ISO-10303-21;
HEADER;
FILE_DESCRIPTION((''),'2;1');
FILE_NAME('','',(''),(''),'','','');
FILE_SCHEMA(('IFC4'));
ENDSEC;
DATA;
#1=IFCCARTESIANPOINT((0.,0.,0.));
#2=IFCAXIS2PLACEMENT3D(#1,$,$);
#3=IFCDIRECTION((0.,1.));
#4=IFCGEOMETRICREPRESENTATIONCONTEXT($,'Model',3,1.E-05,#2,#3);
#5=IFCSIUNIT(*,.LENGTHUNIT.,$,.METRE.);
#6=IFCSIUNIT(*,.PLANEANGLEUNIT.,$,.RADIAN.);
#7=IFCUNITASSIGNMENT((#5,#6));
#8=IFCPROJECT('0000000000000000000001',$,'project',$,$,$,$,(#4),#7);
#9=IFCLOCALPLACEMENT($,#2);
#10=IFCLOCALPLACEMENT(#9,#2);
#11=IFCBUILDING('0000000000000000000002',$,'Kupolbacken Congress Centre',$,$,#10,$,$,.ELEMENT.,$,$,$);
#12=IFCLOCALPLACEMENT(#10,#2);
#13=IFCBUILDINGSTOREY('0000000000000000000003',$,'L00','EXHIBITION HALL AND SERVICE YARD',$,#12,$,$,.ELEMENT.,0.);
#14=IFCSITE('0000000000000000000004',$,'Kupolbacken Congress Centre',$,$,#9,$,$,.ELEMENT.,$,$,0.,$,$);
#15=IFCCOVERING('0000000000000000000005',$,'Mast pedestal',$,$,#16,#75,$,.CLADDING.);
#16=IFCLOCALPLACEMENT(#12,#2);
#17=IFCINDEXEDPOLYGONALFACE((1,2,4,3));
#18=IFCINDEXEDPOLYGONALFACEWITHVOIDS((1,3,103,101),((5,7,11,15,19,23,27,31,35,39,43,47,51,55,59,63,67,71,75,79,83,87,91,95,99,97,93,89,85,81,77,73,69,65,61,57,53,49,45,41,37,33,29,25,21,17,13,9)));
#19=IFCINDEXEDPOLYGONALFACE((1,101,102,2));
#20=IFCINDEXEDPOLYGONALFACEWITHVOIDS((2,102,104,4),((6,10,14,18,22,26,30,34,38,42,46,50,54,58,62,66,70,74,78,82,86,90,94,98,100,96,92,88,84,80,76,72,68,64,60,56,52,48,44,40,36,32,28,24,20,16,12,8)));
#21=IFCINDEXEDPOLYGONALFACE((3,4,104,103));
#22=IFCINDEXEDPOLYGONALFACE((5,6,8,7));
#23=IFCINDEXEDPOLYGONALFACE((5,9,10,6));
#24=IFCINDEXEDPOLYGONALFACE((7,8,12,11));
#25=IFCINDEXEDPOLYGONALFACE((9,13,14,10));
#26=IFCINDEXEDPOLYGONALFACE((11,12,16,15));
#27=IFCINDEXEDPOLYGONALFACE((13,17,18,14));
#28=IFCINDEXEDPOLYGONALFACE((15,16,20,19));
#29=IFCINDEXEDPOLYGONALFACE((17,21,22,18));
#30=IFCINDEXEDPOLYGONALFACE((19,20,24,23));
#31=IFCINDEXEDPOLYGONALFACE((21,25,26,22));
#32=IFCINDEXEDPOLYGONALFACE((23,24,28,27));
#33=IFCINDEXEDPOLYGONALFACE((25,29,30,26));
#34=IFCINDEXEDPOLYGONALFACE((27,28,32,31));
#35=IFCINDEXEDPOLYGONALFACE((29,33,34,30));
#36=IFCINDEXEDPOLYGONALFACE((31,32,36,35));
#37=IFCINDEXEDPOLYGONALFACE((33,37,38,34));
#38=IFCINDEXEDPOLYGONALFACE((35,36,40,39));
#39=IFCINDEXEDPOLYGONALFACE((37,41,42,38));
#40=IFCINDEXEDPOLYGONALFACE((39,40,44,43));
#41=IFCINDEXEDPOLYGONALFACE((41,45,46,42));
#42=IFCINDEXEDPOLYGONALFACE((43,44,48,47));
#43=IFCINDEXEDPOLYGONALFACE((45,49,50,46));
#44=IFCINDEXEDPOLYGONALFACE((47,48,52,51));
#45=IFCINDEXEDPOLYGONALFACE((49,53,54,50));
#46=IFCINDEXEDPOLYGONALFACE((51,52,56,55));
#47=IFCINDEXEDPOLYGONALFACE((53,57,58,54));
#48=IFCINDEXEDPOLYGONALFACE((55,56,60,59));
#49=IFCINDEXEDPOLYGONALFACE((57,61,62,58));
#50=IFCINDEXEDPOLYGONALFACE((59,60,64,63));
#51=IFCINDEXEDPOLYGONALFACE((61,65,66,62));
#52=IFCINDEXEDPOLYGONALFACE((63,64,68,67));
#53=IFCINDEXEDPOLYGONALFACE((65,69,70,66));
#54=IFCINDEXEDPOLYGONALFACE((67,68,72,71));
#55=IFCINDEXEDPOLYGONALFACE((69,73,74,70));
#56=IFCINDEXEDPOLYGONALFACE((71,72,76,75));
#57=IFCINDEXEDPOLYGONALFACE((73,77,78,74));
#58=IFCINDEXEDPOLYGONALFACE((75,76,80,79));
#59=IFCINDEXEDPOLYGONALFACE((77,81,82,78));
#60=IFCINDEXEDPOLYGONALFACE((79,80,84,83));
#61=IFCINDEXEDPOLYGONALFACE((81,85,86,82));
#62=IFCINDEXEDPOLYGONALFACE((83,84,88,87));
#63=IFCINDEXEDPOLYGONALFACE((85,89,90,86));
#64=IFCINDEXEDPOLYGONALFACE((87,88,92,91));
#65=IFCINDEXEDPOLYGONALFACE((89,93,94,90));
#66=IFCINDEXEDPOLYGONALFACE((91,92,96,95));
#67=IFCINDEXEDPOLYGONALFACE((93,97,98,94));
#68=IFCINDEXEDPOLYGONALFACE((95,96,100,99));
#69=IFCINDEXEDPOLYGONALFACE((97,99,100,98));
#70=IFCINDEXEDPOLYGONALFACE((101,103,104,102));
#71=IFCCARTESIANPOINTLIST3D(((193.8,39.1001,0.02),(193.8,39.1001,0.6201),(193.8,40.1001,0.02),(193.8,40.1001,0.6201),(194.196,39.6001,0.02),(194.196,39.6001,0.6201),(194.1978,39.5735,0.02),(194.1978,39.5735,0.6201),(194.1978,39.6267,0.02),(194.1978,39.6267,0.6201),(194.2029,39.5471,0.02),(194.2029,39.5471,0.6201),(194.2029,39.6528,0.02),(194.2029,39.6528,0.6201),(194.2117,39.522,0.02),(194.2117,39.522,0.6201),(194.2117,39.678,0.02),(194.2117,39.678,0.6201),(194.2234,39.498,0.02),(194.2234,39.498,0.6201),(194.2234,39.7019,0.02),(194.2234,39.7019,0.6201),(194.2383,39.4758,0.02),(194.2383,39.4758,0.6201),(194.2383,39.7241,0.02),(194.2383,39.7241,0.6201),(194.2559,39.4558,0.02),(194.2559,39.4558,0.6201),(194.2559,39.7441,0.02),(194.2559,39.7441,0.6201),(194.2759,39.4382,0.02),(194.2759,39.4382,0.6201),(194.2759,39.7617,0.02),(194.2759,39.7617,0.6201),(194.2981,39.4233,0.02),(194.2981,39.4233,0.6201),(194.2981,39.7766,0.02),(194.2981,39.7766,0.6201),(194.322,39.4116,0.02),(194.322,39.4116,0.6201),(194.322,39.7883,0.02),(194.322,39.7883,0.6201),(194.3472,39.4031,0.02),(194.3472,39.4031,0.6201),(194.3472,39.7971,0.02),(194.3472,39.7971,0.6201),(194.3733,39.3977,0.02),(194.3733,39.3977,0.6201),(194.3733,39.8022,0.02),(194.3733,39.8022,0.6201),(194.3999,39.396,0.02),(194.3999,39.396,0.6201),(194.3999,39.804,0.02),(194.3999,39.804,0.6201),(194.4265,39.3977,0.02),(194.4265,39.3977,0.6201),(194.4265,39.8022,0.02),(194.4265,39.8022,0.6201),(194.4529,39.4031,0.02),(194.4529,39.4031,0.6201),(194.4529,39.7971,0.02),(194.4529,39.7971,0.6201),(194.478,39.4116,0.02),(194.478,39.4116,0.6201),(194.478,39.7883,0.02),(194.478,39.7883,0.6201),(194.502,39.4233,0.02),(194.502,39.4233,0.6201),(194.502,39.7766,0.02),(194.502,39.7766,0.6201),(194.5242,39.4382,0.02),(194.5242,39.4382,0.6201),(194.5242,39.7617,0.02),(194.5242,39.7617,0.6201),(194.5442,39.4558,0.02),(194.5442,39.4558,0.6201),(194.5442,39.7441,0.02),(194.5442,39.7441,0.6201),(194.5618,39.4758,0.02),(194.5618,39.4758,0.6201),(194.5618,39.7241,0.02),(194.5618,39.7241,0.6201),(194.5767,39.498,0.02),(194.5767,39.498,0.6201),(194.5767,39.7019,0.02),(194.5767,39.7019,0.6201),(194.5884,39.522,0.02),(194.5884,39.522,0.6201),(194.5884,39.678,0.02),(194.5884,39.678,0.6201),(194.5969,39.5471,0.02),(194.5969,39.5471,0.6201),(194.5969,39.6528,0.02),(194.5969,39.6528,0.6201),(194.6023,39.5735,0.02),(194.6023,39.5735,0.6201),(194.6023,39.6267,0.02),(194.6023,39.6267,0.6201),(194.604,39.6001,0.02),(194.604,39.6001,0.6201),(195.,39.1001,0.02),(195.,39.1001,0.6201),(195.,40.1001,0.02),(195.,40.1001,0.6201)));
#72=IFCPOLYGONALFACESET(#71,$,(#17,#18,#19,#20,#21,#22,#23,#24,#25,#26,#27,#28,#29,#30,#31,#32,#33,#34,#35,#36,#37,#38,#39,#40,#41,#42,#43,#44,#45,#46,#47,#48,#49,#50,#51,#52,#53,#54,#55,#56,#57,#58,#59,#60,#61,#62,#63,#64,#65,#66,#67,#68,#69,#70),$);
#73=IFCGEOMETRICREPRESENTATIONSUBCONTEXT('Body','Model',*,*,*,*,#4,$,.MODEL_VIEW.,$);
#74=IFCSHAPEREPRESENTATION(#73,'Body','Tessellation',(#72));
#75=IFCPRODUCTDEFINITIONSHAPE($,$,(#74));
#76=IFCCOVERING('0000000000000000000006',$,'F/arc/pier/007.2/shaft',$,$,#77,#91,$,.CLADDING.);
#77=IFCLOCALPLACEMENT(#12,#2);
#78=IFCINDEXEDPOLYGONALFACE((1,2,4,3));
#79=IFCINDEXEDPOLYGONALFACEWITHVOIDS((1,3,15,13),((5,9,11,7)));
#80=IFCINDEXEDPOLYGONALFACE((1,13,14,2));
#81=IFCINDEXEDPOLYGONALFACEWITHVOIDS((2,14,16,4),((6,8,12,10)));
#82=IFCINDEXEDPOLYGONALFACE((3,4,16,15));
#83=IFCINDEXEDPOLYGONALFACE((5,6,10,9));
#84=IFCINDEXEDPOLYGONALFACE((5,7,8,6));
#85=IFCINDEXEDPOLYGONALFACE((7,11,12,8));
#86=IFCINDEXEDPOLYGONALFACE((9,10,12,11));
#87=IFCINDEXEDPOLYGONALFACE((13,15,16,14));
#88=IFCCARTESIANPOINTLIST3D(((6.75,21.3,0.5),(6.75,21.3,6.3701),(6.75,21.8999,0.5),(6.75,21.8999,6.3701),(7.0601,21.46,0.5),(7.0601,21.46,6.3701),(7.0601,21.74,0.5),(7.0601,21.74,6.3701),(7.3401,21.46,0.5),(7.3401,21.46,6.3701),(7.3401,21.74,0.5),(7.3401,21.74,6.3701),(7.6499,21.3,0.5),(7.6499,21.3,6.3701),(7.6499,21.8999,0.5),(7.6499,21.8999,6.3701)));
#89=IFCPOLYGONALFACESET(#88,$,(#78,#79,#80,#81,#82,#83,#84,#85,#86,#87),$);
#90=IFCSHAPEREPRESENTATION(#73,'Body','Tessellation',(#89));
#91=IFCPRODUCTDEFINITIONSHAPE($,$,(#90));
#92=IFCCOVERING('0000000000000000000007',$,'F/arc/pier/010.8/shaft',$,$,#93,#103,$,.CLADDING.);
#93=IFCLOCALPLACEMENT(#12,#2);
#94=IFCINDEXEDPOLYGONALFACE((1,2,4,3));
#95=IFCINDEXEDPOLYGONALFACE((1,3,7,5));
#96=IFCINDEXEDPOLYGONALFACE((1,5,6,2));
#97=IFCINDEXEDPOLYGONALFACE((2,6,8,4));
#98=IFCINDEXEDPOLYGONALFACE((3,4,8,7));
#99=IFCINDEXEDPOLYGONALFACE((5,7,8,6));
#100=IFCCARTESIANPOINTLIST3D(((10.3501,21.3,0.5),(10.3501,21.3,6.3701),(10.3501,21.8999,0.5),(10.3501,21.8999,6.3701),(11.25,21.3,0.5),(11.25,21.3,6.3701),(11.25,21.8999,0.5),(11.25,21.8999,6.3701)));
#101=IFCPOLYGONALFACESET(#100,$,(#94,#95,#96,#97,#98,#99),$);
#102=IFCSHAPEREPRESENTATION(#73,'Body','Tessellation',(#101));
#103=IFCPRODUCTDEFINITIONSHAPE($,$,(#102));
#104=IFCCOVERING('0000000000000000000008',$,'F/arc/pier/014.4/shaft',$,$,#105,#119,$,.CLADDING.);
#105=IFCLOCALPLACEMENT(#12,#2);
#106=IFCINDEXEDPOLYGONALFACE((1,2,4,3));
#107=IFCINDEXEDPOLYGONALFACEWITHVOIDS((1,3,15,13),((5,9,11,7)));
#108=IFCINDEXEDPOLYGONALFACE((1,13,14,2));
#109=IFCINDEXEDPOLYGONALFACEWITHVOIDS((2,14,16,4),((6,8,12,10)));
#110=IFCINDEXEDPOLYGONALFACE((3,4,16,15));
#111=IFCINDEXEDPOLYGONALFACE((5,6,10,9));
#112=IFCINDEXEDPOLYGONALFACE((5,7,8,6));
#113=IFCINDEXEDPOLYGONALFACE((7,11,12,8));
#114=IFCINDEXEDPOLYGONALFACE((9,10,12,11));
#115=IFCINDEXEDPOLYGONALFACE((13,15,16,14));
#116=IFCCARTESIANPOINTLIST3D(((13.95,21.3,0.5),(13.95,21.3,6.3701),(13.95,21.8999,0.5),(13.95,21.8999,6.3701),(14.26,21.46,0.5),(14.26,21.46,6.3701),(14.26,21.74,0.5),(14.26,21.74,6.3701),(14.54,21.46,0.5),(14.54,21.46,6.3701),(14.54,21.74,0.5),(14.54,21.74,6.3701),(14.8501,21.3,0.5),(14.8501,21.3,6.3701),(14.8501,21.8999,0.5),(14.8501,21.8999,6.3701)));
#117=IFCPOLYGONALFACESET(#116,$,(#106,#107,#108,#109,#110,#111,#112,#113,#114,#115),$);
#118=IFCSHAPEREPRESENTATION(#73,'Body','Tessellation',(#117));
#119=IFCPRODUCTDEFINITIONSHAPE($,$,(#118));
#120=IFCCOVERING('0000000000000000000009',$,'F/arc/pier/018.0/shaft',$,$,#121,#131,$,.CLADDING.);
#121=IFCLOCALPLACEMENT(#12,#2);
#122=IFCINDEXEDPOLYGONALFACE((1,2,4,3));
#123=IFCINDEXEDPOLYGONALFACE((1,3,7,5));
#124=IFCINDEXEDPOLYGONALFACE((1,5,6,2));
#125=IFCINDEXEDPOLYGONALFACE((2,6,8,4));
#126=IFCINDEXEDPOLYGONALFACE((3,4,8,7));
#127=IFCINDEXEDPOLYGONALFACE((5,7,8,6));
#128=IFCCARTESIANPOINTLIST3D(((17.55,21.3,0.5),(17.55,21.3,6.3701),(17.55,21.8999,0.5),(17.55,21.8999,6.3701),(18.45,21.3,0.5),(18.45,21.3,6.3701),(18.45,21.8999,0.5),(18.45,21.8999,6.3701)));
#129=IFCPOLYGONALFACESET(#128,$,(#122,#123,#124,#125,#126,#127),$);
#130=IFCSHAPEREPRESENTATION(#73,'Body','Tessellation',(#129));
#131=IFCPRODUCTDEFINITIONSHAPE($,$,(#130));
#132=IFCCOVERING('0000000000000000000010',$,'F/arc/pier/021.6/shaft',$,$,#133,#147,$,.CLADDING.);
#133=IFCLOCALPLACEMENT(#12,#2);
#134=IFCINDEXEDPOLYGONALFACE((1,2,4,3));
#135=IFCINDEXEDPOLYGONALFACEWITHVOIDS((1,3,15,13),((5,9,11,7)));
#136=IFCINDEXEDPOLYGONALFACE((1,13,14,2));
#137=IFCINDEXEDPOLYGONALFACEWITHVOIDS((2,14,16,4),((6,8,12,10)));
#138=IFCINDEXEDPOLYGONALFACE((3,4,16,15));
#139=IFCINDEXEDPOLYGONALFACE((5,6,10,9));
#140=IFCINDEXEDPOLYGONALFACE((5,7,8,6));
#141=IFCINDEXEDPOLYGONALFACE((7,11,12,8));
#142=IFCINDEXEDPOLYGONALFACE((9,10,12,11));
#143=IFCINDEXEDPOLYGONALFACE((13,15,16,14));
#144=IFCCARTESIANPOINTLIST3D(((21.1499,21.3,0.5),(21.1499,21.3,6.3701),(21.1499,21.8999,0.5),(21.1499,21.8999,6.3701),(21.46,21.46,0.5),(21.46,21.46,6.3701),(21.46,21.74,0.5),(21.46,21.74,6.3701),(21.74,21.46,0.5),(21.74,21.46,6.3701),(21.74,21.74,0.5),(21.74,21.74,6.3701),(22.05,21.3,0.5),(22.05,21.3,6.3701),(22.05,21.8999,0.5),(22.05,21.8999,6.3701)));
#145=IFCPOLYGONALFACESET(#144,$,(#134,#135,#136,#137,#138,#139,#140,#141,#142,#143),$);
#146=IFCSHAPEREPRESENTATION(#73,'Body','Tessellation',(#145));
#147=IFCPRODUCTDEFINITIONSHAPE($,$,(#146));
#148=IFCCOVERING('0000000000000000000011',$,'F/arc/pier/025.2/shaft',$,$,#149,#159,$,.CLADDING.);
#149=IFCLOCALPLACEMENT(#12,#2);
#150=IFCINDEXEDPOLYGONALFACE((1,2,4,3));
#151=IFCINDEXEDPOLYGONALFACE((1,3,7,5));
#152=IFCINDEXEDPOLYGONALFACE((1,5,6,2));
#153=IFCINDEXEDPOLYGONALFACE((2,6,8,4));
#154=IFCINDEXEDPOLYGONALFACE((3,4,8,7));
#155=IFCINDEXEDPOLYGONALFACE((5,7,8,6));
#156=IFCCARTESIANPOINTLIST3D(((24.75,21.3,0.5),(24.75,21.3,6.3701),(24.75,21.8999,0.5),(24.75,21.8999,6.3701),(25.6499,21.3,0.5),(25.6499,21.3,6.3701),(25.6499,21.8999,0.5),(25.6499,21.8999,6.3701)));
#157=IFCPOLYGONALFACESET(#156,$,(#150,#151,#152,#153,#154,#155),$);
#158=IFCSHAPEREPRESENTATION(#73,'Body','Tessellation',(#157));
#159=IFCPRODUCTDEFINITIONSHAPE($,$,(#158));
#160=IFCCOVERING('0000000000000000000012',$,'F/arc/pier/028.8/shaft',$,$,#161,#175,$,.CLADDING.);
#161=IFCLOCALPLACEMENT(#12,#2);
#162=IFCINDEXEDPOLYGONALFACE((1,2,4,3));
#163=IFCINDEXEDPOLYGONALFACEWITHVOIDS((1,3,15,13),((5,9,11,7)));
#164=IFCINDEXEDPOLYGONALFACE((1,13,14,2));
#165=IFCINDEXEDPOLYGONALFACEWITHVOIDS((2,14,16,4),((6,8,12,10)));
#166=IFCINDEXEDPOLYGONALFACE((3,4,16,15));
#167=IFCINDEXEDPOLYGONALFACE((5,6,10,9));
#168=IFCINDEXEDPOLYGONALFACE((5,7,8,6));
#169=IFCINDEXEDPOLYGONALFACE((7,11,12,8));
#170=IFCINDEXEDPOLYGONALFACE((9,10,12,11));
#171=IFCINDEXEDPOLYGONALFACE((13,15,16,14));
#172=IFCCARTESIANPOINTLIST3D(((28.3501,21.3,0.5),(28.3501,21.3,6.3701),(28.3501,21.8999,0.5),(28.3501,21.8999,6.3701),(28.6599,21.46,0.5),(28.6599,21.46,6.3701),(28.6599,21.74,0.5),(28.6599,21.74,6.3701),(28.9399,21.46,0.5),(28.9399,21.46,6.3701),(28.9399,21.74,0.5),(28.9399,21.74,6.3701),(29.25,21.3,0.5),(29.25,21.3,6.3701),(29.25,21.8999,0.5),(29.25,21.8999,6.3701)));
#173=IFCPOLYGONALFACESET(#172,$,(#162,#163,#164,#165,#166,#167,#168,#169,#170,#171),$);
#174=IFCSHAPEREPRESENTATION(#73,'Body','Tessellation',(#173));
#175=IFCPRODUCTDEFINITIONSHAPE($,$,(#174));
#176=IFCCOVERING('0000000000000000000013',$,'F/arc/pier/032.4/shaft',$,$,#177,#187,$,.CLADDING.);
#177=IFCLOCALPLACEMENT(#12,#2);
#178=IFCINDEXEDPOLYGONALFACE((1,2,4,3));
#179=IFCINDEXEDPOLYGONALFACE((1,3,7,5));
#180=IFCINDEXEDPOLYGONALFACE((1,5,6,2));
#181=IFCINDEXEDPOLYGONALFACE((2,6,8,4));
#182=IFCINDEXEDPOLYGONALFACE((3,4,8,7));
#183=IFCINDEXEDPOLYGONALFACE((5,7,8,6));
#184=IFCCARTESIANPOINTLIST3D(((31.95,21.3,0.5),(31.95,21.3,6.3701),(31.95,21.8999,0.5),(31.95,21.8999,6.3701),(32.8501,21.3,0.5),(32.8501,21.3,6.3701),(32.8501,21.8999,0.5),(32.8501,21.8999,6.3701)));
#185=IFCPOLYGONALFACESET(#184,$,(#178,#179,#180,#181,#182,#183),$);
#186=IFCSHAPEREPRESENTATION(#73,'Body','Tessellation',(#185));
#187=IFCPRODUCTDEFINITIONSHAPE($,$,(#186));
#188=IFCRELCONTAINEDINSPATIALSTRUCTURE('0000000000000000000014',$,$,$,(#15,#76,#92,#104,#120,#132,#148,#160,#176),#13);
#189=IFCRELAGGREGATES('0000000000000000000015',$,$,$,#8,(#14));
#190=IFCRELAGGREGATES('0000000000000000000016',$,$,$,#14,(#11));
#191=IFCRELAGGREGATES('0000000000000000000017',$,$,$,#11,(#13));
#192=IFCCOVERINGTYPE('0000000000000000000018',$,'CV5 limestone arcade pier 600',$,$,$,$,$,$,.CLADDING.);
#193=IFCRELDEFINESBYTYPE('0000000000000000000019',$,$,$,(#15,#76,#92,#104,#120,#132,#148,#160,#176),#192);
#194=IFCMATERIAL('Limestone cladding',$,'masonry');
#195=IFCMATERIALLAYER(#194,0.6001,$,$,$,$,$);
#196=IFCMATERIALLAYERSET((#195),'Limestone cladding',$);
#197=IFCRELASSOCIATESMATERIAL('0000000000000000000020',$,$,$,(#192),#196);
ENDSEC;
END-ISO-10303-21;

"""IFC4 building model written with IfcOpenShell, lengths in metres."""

from ifc_helpers import new_model, si_unit, direction, frame, origin, place, context, subcontext, project, spatial, polyline, outline, extrude, material, layer, layer_set, type_object, element, save


model = new_model("IFC4")

# Units and contexts
model_context = context("Model", 3, precision=1e-05, world=origin(), true_north=direction((0.0, 1.0)))
body_context = subcontext(model_context, "Body", "Model", "MODEL_VIEW")
ifc_project = project(units=[si_unit("LENGTHUNIT", "METRE"), si_unit("PLANEANGLEUNIT", "RADIAN")], contexts=[model_context])

# Site, building, storey
site_placement = place(None, origin())
site = spatial("IfcSite", under=ifc_project, at=site_placement, Name="Kupolbacken Congress Centre", CompositionType="ELEMENT", RefElevation=0.0)
building_placement = place(site_placement, origin())
building = spatial("IfcBuilding", under=site, at=building_placement, Name="Kupolbacken Congress Centre", CompositionType="ELEMENT")
storey_placement = place(building_placement, origin())
storey = spatial("IfcBuildingStorey", under=building, at=storey_placement, Name="L00", Description="EXHIBITION HALL AND SERVICE YARD", CompositionType="ELEMENT", Elevation=0.0)

# Coverings
ifc_material_1 = material(Name="Limestone cladding", Category="masonry")
ifc_layer_1 = layer(ifc_material_1, 0.6001)
ifc_layer_set_1 = layer_set([ifc_layer_1], Name="Limestone cladding")
covering_type = type_object("IfcCoveringType", Name="CV5 limestone arcade pier 600", PredefinedType="CLADDING", material=ifc_layer_set_1)
covering_1_placement = place(storey_placement, frame((0.0, 0.0, 0.02)))
element("IfcCovering", 1, at=covering_1_placement, inside=storey, type_object=covering_type, Name="Mast pedestal", PredefinedType="CLADDING", context=body_context, shape_type="SweptSolid", body=[
    extrude(outline(polyline([(193.8, 39.1001), (193.8, 40.1001), (195.0, 40.1001), (195.0, 39.1001), (193.8, 39.1001)]), holes=[polyline([(194.6023, 39.6267), (194.5969, 39.6528), (194.5884, 39.678), (194.5767, 39.7019), (194.5618, 39.7241), (194.5442, 39.7441), (194.5242, 39.7617), (194.502, 39.7766), (194.478, 39.7883), (194.4529, 39.7971), (194.4265, 39.8022), (194.3999, 39.804), (194.3733, 39.8022), (194.3472, 39.7971), (194.322, 39.7883), (194.2981, 39.7766), (194.2759, 39.7617), (194.2559, 39.7441), (194.2383, 39.7241), (194.2234, 39.7019), (194.2117, 39.678), (194.2029, 39.6528), (194.1978, 39.6267), (194.196, 39.6001), (194.1978, 39.5735), (194.2029, 39.5471), (194.2117, 39.522), (194.2234, 39.498), (194.2383, 39.4758), (194.2559, 39.4558), (194.2759, 39.4382), (194.2981, 39.4233), (194.322, 39.4116), (194.3472, 39.4031), (194.3733, 39.3977), (194.3999, 39.396), (194.4265, 39.3977), (194.4529, 39.4031), (194.478, 39.4116), (194.502, 39.4233), (194.5242, 39.4382), (194.5442, 39.4558), (194.5618, 39.4758), (194.5767, 39.498), (194.5884, 39.522), (194.5969, 39.5471), (194.6023, 39.5735), (194.604, 39.6001), (194.6023, 39.6267)])]), origin(), (0.0, 0.0, 1.0), 0.6001),
])
covering_2_placement = place(storey_placement, frame((0.0, 0.0, 0.5)))
element("IfcCovering", 2, at=covering_2_placement, inside=storey, type_object=covering_type, Name="F/arc/pier/007.2/shaft", PredefinedType="CLADDING", context=body_context, shape_type="SweptSolid", body=[
    extrude(outline(polyline([(6.75, 21.3), (7.6499, 21.3), (7.6499, 21.8999), (6.75, 21.8999), (6.75, 21.3)]), holes=[polyline([(7.0601, 21.46), (7.3401, 21.46), (7.3401, 21.74), (7.0601, 21.74), (7.0601, 21.46)])]), origin(), (0.0, 0.0, 1.0), 5.8701),
])
covering_3_placement = place(storey_placement, frame((0.0, 0.0, 0.5)))
element("IfcCovering", 3, at=covering_3_placement, inside=storey, type_object=covering_type, Name="F/arc/pier/010.8/shaft", PredefinedType="CLADDING", context=body_context, shape_type="SweptSolid", body=[
    extrude(outline(polyline([(10.3501, 21.3), (11.25, 21.3), (11.25, 21.8999), (10.3501, 21.8999), (10.3501, 21.3)])), origin(), (0.0, 0.0, 1.0), 5.8701),
])
covering_4_placement = place(storey_placement, frame((0.0, 0.0, 0.5)))
element("IfcCovering", 4, at=covering_4_placement, inside=storey, type_object=covering_type, Name="F/arc/pier/014.4/shaft", PredefinedType="CLADDING", context=body_context, shape_type="SweptSolid", body=[
    extrude(outline(polyline([(13.95, 21.3), (14.8501, 21.3), (14.8501, 21.8999), (13.95, 21.8999), (13.95, 21.3)]), holes=[polyline([(14.26, 21.46), (14.54, 21.46), (14.54, 21.74), (14.26, 21.74), (14.26, 21.46)])]), origin(), (0.0, 0.0, 1.0), 5.8701),
])
covering_5_placement = place(storey_placement, frame((0.0, 0.0, 0.5)))
element("IfcCovering", 5, at=covering_5_placement, inside=storey, type_object=covering_type, Name="F/arc/pier/018.0/shaft", PredefinedType="CLADDING", context=body_context, shape_type="SweptSolid", body=[
    extrude(outline(polyline([(17.55, 21.3), (18.45, 21.3), (18.45, 21.8999), (17.55, 21.8999), (17.55, 21.3)])), origin(), (0.0, 0.0, 1.0), 5.8701),
])
covering_6_placement = place(storey_placement, frame((0.0, 0.0, 0.5)))
element("IfcCovering", 6, at=covering_6_placement, inside=storey, type_object=covering_type, Name="F/arc/pier/021.6/shaft", PredefinedType="CLADDING", context=body_context, shape_type="SweptSolid", body=[
    extrude(outline(polyline([(21.1499, 21.3), (22.05, 21.3), (22.05, 21.8999), (21.1499, 21.8999), (21.1499, 21.3)]), holes=[polyline([(21.46, 21.46), (21.74, 21.46), (21.74, 21.74), (21.46, 21.74), (21.46, 21.46)])]), origin(), (0.0, 0.0, 1.0), 5.8701),
])
covering_7_placement = place(storey_placement, frame((0.0, 0.0, 0.5)))
element("IfcCovering", 7, at=covering_7_placement, inside=storey, type_object=covering_type, Name="F/arc/pier/025.2/shaft", PredefinedType="CLADDING", context=body_context, shape_type="SweptSolid", body=[
    extrude(outline(polyline([(24.75, 21.3), (25.6499, 21.3), (25.6499, 21.8999), (24.75, 21.8999), (24.75, 21.3)])), origin(), (0.0, 0.0, 1.0), 5.8701),
])
covering_8_placement = place(storey_placement, frame((0.0, 0.0, 0.5)))
element("IfcCovering", 8, at=covering_8_placement, inside=storey, type_object=covering_type, Name="F/arc/pier/028.8/shaft", PredefinedType="CLADDING", context=body_context, shape_type="SweptSolid", body=[
    extrude(outline(polyline([(28.3501, 21.3), (29.25, 21.3), (29.25, 21.8999), (28.3501, 21.8999), (28.3501, 21.3)]), holes=[polyline([(28.6599, 21.46), (28.9399, 21.46), (28.9399, 21.74), (28.6599, 21.74), (28.6599, 21.46)])]), origin(), (0.0, 0.0, 1.0), 5.8701),
])
covering_9_placement = place(storey_placement, frame((0.0, 0.0, 0.5)))
element("IfcCovering", 9, at=covering_9_placement, inside=storey, type_object=covering_type, Name="F/arc/pier/032.4/shaft", PredefinedType="CLADDING", context=body_context, shape_type="SweptSolid", body=[
    extrude(outline(polyline([(31.95, 21.3), (32.8501, 21.3), (32.8501, 21.8999), (31.95, 21.8999), (31.95, 21.3)])), origin(), (0.0, 0.0, 1.0), 5.8701),
])

save(model, "model.ifc")
